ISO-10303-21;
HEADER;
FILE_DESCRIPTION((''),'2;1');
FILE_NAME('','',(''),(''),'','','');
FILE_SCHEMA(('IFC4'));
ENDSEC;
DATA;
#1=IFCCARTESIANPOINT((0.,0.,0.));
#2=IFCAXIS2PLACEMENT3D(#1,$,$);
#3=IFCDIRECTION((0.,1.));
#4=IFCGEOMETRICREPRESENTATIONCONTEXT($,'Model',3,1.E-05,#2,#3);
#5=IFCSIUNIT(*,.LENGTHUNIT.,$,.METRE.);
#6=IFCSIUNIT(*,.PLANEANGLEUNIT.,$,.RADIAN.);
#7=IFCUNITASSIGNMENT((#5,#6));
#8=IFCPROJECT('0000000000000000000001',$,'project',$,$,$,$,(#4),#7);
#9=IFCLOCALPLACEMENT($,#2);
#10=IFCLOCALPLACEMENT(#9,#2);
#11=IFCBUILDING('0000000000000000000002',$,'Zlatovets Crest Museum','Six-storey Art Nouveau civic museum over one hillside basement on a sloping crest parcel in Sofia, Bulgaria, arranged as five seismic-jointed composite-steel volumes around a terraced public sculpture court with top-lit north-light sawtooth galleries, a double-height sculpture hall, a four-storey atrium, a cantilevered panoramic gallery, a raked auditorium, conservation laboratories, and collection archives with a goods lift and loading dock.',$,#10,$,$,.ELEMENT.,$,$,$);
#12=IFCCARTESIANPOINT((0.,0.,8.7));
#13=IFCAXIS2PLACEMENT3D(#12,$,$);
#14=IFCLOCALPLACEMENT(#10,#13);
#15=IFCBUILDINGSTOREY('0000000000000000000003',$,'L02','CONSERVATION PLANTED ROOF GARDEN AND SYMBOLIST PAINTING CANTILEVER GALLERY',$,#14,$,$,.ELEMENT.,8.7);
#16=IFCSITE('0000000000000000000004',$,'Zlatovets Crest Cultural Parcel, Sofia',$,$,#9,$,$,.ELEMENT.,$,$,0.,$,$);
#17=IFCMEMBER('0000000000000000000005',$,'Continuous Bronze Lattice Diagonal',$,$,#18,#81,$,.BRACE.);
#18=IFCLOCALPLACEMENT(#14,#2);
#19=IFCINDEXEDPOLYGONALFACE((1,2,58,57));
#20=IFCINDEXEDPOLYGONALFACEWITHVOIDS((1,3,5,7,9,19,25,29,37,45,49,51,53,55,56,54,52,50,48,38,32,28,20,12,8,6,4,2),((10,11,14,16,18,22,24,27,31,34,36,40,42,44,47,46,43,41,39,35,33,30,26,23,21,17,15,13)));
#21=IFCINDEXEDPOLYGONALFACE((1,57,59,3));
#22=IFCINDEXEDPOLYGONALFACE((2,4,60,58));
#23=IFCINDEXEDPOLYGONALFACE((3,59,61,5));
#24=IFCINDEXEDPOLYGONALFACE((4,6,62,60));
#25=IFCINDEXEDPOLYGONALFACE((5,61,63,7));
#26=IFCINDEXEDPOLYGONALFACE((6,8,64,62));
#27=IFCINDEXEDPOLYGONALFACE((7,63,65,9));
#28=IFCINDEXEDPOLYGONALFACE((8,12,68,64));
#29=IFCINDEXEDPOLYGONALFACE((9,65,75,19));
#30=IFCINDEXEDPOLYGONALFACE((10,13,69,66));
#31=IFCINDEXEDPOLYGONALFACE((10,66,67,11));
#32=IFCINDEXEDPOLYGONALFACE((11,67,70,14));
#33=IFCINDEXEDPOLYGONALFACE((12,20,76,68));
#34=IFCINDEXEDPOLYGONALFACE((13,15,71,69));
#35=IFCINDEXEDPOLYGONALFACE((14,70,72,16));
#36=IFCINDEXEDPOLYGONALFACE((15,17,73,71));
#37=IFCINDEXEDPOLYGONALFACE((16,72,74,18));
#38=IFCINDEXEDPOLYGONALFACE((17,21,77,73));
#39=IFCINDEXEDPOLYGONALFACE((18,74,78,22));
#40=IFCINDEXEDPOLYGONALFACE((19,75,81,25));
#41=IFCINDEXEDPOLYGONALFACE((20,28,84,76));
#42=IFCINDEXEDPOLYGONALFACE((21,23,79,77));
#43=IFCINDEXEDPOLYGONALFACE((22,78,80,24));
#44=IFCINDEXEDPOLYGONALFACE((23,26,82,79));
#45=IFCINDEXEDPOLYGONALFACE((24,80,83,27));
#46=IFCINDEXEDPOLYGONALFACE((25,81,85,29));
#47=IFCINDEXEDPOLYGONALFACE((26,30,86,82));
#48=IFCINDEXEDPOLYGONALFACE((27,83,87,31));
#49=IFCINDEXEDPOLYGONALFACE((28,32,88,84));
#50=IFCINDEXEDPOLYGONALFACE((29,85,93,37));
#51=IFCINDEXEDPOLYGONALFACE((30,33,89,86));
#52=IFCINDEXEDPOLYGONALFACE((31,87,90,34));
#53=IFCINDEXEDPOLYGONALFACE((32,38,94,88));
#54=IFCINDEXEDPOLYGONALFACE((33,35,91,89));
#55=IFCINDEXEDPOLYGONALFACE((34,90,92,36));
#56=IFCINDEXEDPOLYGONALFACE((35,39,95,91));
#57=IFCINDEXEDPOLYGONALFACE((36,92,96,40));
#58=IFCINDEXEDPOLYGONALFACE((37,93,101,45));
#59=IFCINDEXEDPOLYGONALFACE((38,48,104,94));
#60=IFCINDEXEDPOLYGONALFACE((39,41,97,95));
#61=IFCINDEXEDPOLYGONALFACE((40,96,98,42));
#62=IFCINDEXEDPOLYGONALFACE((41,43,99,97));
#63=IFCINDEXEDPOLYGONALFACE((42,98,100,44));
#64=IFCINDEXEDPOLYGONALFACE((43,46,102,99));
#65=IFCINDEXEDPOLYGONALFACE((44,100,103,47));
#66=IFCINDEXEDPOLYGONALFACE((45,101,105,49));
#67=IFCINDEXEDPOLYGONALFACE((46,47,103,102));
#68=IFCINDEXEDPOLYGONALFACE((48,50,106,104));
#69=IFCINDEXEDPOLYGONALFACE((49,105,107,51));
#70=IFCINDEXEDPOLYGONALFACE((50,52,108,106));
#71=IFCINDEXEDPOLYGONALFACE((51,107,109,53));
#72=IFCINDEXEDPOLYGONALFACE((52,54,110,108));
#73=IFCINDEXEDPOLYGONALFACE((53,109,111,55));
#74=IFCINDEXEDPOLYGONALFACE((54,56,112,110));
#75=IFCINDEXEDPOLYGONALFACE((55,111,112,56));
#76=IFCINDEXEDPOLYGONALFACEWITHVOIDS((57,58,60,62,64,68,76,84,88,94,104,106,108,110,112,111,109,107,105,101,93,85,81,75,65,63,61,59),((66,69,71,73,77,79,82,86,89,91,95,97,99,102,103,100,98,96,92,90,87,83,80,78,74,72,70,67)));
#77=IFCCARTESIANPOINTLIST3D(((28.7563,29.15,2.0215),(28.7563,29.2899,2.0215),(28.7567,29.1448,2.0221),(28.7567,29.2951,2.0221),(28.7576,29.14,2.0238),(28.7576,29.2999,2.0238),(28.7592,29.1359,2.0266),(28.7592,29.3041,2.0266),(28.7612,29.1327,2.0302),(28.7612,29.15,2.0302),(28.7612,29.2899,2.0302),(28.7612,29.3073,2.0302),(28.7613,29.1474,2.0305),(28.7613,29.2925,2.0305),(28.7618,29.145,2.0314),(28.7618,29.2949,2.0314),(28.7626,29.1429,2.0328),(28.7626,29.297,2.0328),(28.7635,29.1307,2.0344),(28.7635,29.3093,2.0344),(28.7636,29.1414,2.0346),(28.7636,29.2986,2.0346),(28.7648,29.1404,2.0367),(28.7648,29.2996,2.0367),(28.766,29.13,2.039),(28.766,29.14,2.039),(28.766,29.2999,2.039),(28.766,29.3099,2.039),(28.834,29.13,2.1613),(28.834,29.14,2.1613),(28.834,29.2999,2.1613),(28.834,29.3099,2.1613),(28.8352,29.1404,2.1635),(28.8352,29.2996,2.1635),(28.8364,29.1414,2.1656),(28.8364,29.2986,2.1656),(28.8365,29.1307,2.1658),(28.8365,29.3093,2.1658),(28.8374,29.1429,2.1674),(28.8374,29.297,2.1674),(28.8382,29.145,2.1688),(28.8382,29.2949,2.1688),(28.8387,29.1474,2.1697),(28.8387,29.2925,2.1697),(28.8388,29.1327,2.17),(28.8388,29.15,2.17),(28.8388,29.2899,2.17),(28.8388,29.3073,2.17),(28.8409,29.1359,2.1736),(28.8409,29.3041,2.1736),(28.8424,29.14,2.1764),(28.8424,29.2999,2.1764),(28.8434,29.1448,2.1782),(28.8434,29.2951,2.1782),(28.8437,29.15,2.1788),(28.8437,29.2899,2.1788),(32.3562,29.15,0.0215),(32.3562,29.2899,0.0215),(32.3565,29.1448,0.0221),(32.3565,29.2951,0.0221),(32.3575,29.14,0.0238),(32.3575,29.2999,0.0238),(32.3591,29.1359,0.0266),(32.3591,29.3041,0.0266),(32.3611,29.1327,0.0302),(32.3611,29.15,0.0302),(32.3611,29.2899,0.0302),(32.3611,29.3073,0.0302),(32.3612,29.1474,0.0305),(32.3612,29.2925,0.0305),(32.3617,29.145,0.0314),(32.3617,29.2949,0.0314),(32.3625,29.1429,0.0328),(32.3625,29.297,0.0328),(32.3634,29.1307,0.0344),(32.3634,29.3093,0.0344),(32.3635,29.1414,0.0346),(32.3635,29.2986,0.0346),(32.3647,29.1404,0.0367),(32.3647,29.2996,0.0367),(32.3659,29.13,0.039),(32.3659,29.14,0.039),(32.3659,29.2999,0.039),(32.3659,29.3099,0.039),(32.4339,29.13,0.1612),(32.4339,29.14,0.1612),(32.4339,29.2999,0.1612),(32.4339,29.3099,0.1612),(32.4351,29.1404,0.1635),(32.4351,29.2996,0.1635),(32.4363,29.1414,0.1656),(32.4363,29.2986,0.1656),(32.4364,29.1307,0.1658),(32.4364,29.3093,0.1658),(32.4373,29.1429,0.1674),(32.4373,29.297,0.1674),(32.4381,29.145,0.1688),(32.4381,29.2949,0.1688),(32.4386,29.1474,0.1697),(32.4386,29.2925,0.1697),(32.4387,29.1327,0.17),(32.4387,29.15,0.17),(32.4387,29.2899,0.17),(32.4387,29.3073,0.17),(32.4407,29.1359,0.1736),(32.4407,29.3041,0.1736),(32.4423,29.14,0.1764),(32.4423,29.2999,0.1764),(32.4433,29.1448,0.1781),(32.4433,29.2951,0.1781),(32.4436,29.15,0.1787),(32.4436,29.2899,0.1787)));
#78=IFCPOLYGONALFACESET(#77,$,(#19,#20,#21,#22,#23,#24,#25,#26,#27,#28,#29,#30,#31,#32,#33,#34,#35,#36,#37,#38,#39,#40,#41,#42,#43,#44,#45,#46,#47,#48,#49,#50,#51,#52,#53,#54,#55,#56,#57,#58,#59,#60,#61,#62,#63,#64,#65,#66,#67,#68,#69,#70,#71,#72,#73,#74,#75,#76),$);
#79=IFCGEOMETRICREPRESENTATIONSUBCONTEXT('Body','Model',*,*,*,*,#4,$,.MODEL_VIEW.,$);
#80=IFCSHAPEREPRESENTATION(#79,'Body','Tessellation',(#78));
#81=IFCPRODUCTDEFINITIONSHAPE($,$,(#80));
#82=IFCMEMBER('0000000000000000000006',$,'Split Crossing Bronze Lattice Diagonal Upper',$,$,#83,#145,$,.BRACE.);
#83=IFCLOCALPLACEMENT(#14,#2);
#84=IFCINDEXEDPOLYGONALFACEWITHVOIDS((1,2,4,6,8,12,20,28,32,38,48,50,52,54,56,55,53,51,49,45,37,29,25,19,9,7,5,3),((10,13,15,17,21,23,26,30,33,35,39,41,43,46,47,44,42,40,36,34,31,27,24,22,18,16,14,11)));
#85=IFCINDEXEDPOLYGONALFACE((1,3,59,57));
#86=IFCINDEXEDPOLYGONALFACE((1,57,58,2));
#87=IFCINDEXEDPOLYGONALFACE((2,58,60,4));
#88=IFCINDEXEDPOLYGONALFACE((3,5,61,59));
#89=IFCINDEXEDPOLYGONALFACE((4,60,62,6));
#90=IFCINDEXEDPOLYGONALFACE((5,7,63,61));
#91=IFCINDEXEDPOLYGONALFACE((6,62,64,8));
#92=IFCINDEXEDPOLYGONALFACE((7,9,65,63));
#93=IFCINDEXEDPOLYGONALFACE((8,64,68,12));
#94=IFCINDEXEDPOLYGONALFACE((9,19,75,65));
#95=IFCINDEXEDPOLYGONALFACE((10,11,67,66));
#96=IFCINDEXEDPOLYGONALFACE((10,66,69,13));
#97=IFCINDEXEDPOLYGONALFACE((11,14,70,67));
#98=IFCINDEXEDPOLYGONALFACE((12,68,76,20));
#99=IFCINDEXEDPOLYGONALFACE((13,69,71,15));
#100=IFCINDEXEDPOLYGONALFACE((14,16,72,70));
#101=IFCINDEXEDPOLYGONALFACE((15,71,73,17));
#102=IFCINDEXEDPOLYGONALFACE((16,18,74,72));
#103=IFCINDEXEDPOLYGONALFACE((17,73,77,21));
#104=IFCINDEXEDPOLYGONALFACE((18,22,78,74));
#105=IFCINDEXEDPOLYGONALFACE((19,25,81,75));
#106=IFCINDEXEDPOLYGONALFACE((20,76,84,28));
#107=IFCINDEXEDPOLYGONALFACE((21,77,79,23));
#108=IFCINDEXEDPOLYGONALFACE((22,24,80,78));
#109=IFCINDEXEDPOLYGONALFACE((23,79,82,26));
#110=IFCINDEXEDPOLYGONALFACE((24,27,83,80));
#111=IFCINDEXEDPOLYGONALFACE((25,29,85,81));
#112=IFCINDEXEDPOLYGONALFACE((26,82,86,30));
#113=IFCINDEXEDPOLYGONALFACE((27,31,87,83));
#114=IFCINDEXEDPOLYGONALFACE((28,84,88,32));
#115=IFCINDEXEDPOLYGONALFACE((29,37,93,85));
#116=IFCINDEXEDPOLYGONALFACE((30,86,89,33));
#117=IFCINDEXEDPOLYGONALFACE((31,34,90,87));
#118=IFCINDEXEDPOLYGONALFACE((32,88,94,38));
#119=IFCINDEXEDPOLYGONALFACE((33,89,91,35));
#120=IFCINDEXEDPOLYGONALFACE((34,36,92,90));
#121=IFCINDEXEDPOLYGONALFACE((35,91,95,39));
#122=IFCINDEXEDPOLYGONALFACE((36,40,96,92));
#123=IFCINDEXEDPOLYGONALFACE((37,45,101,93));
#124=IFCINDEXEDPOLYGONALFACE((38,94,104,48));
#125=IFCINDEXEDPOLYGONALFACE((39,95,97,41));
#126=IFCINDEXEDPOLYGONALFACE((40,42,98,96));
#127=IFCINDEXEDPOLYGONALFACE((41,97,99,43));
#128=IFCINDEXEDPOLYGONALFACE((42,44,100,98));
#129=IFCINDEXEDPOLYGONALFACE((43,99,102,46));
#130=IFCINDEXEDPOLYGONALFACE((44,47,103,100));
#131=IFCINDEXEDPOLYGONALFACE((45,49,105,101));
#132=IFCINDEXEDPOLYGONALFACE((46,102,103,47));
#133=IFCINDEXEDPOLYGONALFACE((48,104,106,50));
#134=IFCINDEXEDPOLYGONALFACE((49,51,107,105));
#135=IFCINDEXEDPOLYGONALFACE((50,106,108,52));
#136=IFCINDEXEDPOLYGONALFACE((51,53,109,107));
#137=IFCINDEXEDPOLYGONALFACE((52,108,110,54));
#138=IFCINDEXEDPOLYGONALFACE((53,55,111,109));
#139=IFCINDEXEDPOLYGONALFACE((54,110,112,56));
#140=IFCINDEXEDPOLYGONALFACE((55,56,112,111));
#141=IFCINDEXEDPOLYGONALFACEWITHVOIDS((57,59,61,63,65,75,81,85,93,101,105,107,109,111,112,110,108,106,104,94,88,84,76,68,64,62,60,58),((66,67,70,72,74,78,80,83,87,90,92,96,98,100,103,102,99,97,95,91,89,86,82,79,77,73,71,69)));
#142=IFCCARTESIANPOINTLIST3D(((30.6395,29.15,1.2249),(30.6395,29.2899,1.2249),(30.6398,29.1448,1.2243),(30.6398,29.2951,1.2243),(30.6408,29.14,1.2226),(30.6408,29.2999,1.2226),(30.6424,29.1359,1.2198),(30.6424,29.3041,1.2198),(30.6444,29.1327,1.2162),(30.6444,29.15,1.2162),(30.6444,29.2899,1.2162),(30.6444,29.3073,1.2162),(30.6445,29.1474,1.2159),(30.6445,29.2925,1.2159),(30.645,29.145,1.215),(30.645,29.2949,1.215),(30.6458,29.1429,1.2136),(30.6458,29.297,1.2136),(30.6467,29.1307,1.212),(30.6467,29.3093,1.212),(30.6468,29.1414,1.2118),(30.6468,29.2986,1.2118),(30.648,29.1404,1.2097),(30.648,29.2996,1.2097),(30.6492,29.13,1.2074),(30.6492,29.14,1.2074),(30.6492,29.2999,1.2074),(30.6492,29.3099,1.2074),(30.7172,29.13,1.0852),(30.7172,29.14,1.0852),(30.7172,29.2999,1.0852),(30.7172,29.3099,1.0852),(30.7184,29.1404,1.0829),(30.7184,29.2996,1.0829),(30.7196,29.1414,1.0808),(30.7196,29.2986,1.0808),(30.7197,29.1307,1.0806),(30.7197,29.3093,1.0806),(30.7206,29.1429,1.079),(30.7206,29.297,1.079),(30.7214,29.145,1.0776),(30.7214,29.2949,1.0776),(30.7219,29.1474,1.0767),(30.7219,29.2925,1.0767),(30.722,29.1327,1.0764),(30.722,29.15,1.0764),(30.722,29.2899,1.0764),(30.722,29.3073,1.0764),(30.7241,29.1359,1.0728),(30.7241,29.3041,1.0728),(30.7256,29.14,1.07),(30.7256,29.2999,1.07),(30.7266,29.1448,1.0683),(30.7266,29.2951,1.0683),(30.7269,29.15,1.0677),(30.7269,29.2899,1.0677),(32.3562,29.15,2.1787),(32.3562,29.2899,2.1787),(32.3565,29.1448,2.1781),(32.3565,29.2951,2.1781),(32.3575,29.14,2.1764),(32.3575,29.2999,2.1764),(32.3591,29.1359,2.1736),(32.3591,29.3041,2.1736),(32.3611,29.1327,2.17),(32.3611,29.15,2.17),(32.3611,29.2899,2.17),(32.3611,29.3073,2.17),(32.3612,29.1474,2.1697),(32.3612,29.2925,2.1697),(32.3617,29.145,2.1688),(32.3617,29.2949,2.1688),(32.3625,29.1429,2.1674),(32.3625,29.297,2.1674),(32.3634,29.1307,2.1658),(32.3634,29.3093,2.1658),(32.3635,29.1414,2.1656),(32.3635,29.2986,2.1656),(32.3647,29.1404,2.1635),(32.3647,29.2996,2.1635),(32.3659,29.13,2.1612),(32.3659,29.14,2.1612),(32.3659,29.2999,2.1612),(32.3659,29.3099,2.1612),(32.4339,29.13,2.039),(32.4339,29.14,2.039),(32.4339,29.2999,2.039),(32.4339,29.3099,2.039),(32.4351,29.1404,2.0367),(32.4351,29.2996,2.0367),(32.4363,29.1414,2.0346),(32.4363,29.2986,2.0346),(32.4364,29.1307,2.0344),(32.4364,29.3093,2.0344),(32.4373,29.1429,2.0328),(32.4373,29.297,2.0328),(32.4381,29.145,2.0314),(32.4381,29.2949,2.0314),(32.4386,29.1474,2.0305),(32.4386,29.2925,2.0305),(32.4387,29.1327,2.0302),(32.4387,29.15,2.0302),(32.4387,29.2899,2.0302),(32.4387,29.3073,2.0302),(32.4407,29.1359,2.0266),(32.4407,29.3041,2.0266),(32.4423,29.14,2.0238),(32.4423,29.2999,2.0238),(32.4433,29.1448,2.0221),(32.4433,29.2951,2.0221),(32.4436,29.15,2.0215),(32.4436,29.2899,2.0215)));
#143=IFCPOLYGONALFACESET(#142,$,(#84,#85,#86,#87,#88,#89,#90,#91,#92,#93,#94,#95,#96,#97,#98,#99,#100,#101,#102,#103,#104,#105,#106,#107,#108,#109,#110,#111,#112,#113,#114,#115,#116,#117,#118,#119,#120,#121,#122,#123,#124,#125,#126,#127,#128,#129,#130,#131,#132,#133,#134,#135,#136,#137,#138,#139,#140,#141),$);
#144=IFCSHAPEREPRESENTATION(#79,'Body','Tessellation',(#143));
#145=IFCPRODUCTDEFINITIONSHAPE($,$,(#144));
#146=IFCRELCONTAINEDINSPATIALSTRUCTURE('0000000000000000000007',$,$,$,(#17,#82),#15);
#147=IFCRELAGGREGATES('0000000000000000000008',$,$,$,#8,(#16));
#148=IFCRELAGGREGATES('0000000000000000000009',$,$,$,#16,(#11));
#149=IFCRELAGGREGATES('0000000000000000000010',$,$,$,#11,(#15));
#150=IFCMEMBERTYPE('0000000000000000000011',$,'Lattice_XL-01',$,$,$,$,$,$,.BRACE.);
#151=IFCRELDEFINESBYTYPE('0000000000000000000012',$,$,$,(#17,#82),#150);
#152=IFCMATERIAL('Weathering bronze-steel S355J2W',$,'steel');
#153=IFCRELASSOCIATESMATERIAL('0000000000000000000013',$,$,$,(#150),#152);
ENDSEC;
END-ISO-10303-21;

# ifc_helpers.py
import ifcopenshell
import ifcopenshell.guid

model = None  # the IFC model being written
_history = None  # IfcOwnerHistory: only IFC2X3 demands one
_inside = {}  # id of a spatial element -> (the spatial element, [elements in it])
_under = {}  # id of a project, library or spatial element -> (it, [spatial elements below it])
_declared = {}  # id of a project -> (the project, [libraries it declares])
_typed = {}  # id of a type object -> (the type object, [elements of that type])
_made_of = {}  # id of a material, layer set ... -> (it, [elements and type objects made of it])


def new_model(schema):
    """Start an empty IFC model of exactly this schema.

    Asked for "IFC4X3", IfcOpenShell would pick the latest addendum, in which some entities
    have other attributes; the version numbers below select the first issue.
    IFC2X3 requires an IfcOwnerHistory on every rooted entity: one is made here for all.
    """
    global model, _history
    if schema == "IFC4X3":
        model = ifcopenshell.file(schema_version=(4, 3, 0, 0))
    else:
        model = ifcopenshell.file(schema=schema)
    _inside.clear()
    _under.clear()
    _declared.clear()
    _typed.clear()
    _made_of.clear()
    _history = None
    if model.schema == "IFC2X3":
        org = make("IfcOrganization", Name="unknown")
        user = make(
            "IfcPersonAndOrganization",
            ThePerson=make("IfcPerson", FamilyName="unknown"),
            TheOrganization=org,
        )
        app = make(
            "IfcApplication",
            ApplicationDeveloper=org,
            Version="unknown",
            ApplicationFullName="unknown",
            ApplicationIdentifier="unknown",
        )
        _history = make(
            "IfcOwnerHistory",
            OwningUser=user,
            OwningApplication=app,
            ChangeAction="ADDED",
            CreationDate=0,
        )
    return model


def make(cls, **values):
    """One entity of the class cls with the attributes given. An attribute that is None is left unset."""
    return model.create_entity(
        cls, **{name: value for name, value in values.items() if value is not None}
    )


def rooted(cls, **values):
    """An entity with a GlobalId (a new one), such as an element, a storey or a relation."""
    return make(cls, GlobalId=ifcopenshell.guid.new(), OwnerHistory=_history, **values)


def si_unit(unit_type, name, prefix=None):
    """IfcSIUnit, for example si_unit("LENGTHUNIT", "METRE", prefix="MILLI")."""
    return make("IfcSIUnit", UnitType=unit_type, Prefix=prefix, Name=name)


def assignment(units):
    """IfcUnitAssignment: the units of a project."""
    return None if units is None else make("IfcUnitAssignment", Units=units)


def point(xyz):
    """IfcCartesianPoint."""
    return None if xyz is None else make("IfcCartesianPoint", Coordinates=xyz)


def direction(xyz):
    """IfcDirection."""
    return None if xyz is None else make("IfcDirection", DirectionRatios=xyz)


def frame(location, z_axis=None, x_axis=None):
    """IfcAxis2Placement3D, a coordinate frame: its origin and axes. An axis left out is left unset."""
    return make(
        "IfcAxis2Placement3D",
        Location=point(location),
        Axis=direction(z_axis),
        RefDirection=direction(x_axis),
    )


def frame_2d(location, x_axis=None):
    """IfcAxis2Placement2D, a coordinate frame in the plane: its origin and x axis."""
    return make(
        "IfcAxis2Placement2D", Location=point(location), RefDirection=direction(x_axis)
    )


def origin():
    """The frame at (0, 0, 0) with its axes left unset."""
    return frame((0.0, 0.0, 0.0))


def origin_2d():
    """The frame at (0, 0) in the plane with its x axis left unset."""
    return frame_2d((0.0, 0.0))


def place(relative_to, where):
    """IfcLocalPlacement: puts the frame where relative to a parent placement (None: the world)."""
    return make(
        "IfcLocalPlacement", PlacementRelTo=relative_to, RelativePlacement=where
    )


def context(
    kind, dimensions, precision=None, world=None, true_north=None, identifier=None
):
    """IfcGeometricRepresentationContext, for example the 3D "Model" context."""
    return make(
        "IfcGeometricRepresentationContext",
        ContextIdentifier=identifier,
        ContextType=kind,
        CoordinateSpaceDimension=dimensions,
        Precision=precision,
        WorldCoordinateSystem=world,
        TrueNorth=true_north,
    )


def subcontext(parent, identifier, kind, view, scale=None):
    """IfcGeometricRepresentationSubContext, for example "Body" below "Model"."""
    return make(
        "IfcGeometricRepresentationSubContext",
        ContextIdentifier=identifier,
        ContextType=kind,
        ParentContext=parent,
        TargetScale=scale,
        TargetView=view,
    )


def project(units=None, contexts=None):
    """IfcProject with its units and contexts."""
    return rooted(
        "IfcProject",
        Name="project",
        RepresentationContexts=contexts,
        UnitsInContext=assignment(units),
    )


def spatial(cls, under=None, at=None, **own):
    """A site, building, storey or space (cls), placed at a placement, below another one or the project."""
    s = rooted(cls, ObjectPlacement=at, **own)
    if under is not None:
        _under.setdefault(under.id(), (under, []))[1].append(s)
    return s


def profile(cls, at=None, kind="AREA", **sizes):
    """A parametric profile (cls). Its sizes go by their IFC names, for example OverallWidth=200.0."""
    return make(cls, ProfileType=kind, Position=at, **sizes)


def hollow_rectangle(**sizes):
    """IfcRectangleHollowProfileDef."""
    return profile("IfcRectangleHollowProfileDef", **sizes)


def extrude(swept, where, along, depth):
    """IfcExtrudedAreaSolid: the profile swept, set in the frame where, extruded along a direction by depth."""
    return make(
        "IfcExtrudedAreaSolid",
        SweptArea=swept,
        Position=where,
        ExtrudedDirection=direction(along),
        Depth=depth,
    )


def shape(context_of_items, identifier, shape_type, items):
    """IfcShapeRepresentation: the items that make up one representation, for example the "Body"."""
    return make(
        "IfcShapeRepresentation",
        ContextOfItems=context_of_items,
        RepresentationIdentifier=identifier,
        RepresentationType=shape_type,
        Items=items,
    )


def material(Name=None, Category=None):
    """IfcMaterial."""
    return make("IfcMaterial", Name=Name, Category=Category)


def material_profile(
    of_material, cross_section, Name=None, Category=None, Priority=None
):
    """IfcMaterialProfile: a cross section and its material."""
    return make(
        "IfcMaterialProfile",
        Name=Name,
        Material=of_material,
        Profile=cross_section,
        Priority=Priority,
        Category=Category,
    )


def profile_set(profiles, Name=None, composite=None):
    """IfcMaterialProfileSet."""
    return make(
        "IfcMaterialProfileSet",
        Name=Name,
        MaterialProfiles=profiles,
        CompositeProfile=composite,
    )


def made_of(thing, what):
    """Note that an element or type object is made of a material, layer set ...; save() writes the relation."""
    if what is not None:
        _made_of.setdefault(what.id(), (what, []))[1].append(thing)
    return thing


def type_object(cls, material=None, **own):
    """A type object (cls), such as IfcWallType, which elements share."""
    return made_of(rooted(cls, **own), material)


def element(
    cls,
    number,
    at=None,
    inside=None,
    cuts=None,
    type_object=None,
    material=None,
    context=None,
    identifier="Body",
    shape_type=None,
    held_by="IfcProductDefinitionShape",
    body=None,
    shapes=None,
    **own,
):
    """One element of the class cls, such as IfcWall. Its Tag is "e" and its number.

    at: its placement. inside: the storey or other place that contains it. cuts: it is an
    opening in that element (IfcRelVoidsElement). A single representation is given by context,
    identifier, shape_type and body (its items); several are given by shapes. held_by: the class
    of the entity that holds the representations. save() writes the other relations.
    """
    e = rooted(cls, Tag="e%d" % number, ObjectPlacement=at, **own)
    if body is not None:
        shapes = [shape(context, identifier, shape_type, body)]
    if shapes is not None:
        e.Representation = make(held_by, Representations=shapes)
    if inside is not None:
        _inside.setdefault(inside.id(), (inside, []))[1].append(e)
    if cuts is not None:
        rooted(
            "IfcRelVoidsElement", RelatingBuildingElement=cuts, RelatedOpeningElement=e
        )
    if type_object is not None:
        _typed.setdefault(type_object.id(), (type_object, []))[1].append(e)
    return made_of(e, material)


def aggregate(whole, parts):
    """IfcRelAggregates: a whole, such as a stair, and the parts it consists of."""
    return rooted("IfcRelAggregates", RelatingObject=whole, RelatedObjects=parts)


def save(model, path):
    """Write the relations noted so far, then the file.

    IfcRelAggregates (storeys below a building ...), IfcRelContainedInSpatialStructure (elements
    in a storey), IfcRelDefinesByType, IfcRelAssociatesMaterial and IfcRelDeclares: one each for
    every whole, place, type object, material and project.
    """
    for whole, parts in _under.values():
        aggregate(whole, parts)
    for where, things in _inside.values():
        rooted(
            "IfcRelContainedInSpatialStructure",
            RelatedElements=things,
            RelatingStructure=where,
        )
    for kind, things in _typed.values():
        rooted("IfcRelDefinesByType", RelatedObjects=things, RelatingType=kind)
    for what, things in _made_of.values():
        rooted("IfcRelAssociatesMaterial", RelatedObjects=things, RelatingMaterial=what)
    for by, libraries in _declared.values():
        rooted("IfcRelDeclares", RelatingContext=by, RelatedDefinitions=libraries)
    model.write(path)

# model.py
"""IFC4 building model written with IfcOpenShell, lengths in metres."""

from ifc_helpers import new_model, si_unit, direction, frame, origin, origin_2d, place, context, subcontext, project, spatial, hollow_rectangle, extrude, material, material_profile, profile_set, type_object, element, save


model = new_model("IFC4")

# Units and contexts
model_context = context("Model", 3, precision=1e-05, world=origin(), true_north=direction((0.0, 1.0)))
body_context = subcontext(model_context, "Body", "Model", "MODEL_VIEW")
ifc_project = project(units=[si_unit("LENGTHUNIT", "METRE"), si_unit("PLANEANGLEUNIT", "RADIAN")], contexts=[model_context])

# Site, building, storey
site_placement = place(None, origin())
site = spatial("IfcSite", under=ifc_project, at=site_placement, Name="Zlatovets Crest Cultural Parcel, Sofia", CompositionType="ELEMENT", RefElevation=0.0)
building_placement = place(site_placement, origin())
building = spatial("IfcBuilding", under=site, at=building_placement, Name="Zlatovets Crest Museum", Description="Six-storey Art Nouveau civic museum over one hillside basement on a sloping crest parcel in Sofia, Bulgaria, arranged as five seismic-jointed composite-steel volumes around a terraced public sculpture court with top-lit north-light sawtooth galleries, a double-height sculpture hall, a four-storey atrium, a cantilevered panoramic gallery, a raked auditorium, conservation laboratories, and collection archives with a goods lift and loading dock.", CompositionType="ELEMENT")
storey_placement = place(building_placement, frame((0.0, 0.0, 8.7)))
storey = spatial("IfcBuildingStorey", under=building, at=storey_placement, Name="L02", Description="CONSERVATION PLANTED ROOF GARDEN AND SYMBOLIST PAINTING CANTILEVER GALLERY", CompositionType="ELEMENT", Elevation=8.7)

# Members
ifc_material_1 = material(Name="Weathering bronze-steel S355J2W", Category="steel")
ifc_material_profile_1 = material_profile(ifc_material_1, hollow_rectangle(XDim=0.1799, YDim=0.1799, WallThickness=0.01, InnerFilletRadius=0.01, OuterFilletRadius=0.02, at=origin_2d()), Name="SHS 180x180x10.0")
ifc_profile_set_1 = profile_set([ifc_material_profile_1], Name="Weathering bronze-steel S355J2W")
member_type_1 = type_object("IfcMemberType", Name="Lattice_XL-01", PredefinedType="BRACE", material=ifc_profile_set_1)
member_1_placement = place(storey_placement, frame((32.3999, 29.22, 0.1001), z_axis=(-0.874149, 0.0, 0.485658), x_axis=(0.0, -1.0, 0.0)))
element("IfcMember", 1, at=member_1_placement, inside=storey, type_object=member_type_1, Name="Continuous Bronze Lattice Diagonal", PredefinedType="BRACE", context=body_context, shape_type="SweptSolid", body=[
    extrude(hollow_rectangle(XDim=0.1799, YDim=0.1799, WallThickness=0.01, InnerFilletRadius=0.01, OuterFilletRadius=0.02, at=origin_2d()), origin(), (0.0, 0.0, 1.0), 4.1182),
])
member_2_placement = place(storey_placement, frame((32.3999, 29.22, 2.1001), z_axis=(-0.87414, 0.0, -0.485675), x_axis=(0.0, -1.0, 0.0)))
element("IfcMember", 2, at=member_2_placement, inside=storey, type_object=member_type_1, Name="Split Crossing Bronze Lattice Diagonal Upper", PredefinedType="BRACE", context=body_context, shape_type="SweptSolid", body=[
    extrude(hollow_rectangle(XDim=0.1799, YDim=0.1799, WallThickness=0.01, InnerFilletRadius=0.01, OuterFilletRadius=0.02, at=origin_2d()), origin(), (0.0, 0.0, 1.0), 1.9639),
])

save(model, "model.ifc")
